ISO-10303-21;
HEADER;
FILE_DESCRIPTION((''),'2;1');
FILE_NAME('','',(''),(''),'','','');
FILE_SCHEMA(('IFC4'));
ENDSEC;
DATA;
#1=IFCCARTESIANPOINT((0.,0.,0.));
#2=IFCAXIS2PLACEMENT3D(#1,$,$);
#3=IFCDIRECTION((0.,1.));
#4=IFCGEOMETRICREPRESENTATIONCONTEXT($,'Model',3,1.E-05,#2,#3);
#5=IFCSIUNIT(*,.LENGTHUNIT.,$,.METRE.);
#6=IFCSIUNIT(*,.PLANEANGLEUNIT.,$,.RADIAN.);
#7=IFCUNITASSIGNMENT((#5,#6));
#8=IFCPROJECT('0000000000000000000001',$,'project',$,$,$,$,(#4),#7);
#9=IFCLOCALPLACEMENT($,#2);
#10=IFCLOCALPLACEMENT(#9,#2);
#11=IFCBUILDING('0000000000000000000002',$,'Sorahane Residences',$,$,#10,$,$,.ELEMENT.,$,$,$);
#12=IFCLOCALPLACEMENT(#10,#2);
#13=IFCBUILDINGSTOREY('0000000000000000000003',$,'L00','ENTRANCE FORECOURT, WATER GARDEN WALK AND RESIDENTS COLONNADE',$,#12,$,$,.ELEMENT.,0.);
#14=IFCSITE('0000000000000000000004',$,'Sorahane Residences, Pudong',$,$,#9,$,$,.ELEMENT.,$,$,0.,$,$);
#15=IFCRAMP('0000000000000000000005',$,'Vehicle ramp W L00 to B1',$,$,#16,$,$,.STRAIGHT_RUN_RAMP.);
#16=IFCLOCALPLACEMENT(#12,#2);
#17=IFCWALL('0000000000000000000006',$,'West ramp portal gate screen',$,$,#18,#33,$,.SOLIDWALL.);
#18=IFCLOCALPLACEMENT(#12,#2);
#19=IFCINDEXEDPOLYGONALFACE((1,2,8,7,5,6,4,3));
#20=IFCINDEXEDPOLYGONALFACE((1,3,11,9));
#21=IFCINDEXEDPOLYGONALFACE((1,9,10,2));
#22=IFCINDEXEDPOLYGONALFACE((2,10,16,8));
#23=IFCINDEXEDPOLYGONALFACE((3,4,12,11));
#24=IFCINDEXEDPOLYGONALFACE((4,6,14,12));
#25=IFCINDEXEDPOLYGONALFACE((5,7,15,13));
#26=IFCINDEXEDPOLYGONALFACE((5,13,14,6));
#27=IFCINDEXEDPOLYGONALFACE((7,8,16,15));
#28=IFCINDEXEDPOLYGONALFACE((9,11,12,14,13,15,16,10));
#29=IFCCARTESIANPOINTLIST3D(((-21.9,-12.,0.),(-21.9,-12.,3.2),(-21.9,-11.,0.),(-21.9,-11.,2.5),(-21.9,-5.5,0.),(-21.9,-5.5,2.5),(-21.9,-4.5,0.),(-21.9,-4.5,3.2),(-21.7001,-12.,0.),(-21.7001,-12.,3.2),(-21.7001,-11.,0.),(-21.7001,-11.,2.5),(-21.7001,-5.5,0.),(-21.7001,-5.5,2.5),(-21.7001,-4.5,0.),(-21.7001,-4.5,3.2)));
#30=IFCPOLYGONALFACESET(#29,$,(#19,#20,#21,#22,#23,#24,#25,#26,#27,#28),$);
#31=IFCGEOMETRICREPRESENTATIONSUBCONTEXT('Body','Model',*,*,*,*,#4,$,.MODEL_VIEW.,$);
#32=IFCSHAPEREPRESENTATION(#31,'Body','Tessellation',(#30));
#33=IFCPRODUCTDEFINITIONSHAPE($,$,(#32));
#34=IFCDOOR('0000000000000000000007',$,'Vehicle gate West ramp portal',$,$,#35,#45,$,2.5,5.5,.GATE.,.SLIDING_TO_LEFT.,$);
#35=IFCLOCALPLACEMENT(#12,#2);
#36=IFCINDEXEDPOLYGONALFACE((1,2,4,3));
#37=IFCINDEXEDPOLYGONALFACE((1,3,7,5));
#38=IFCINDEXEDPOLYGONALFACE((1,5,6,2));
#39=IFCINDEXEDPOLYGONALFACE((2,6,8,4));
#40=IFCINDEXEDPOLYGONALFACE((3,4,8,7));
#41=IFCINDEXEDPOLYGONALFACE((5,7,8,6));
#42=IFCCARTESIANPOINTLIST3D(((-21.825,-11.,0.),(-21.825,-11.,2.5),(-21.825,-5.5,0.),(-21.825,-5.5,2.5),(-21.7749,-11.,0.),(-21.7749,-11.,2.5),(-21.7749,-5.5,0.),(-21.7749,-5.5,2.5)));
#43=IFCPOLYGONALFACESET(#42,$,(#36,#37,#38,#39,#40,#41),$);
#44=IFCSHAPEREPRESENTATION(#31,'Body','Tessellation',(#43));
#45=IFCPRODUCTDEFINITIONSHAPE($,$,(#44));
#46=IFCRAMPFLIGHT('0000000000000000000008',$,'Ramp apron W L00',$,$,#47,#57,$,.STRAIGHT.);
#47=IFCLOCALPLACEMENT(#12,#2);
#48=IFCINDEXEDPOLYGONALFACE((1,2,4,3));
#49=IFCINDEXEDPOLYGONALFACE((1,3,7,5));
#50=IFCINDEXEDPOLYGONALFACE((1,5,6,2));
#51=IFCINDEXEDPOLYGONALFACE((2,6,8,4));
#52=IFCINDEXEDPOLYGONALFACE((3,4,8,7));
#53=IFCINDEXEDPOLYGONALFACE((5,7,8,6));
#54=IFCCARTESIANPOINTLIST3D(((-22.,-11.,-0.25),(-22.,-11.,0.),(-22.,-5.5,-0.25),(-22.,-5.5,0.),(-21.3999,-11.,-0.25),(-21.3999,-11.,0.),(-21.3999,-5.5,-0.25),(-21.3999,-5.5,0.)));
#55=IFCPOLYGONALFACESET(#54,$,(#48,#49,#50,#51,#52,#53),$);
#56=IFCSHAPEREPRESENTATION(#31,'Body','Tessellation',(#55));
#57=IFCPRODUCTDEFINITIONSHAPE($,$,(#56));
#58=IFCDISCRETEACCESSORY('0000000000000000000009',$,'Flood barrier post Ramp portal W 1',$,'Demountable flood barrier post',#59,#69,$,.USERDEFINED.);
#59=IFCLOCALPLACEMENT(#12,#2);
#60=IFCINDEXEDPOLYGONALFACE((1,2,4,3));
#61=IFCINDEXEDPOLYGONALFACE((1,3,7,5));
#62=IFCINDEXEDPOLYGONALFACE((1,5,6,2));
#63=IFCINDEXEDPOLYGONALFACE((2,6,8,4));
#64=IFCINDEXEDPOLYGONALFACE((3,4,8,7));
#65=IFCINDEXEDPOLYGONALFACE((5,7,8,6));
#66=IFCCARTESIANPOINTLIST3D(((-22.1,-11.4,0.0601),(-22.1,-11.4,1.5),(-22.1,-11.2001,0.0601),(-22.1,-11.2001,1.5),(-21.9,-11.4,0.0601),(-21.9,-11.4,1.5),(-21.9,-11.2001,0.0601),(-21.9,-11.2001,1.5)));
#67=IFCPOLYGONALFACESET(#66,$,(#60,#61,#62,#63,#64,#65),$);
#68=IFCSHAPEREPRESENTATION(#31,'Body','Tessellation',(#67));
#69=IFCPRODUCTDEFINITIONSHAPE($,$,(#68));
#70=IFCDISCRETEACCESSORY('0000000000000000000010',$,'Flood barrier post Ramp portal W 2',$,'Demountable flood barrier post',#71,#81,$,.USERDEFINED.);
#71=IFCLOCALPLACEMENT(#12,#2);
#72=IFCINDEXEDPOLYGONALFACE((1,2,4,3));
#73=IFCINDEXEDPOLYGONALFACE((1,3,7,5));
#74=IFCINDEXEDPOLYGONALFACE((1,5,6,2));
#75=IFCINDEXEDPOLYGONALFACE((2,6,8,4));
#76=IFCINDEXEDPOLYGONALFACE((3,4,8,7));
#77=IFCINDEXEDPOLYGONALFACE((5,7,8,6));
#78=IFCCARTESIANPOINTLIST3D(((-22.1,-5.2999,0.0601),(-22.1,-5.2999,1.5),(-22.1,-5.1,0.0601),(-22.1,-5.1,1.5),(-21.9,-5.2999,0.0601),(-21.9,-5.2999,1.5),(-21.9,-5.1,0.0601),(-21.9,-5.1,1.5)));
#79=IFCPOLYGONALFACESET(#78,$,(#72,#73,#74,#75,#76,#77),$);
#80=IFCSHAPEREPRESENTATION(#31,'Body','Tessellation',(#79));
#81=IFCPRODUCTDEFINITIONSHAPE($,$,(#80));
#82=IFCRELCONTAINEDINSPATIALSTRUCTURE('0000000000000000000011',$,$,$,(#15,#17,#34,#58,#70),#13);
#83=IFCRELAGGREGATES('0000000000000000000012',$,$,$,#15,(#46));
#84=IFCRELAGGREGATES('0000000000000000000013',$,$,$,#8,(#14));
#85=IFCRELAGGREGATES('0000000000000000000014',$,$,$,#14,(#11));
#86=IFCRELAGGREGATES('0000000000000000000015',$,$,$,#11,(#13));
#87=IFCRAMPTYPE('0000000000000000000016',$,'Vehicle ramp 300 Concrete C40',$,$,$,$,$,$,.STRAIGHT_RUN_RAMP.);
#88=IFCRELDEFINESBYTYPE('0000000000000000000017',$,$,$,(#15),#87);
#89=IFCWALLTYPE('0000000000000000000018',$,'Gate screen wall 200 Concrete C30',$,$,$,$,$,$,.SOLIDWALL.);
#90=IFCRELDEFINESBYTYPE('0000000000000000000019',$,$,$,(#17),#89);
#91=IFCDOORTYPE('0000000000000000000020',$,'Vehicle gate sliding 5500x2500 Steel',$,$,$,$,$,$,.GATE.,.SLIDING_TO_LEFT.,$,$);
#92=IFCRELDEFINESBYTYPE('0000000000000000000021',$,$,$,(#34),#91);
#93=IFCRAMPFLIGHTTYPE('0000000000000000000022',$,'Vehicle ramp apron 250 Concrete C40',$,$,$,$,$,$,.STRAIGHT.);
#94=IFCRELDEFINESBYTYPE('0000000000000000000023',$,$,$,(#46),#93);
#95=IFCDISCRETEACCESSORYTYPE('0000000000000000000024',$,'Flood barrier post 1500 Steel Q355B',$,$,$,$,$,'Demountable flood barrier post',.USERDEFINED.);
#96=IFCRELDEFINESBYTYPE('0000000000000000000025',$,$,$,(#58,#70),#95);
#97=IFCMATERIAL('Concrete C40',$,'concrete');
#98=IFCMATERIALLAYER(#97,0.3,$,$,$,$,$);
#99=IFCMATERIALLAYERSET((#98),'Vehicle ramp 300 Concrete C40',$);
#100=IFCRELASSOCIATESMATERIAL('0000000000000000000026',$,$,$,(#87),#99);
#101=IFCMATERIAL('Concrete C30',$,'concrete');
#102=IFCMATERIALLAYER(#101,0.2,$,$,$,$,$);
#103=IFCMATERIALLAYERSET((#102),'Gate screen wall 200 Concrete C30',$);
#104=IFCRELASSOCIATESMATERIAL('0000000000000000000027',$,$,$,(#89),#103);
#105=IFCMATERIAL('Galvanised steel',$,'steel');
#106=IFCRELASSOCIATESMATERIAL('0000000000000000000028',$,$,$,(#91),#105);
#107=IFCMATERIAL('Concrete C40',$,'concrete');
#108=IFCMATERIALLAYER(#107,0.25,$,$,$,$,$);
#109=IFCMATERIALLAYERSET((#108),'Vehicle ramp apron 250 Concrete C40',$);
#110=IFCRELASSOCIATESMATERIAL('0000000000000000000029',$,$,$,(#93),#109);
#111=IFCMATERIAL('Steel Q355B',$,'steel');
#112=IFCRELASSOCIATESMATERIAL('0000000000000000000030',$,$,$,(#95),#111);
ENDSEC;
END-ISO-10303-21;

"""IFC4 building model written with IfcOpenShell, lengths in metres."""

from ifc_helpers import new_model, si_unit, direction, frame, frame_2d, origin, origin_2d, place, context, subcontext, project, spatial, polyline, rectangle, outline, extrude, material, layer, layer_set, type_object, element, fill, aggregate, save


model = new_model("IFC4")

# Units and contexts
model_context = context("Model", 3, precision=1e-05, world=origin(), true_north=direction((0.0, 1.0)))
body_context = subcontext(model_context, "Body", "Model", "MODEL_VIEW")
ifc_project = project(units=[si_unit("LENGTHUNIT", "METRE"), si_unit("PLANEANGLEUNIT", "RADIAN")], contexts=[model_context])

# Site, building, storey
site_placement = place(None, origin())
site = spatial("IfcSite", under=ifc_project, at=site_placement, Name="Sorahane Residences, Pudong", CompositionType="ELEMENT", RefElevation=0.0)
building_placement = place(site_placement, origin())
building = spatial("IfcBuilding", under=site, at=building_placement, Name="Sorahane Residences", CompositionType="ELEMENT")
storey_placement = place(building_placement, origin())
storey = spatial("IfcBuildingStorey", under=building, at=storey_placement, Name="L00", Description="ENTRANCE FORECOURT, WATER GARDEN WALK AND RESIDENTS COLONNADE", CompositionType="ELEMENT", Elevation=0.0)

# Ramp
ifc_material_1 = material(Name="Concrete C40", Category="concrete")
ifc_layer_1 = layer(ifc_material_1, 0.3)
ifc_layer_set_1 = layer_set([ifc_layer_1], Name="Vehicle ramp 300 Concrete C40")
ramp_type = type_object("IfcRampType", Name="Vehicle ramp 300 Concrete C40", PredefinedType="STRAIGHT_RUN_RAMP", material=ifc_layer_set_1)
ramp_placement = place(storey_placement, origin())
ramp = element("IfcRamp", 1, at=ramp_placement, inside=storey, type_object=ramp_type, Name="Vehicle ramp W L00 to B1", PredefinedType="STRAIGHT_RUN_RAMP")

# Wall, opening, door
ifc_material_2 = material(Name="Concrete C30", Category="concrete")
ifc_layer_2 = layer(ifc_material_2, 0.2)
ifc_layer_set_2 = layer_set([ifc_layer_2], Name="Gate screen wall 200 Concrete C30")
wall_type = type_object("IfcWallType", Name="Gate screen wall 200 Concrete C30", PredefinedType="SOLIDWALL", material=ifc_layer_set_2)
wall_placement = place(storey_placement, frame((-21.8, -12.0, 0.0), z_axis=(0.0, 0.0, 1.0), x_axis=(0.0, 1.0, 0.0)))
wall = element("IfcWall", 2, at=wall_placement, inside=storey, type_object=wall_type, Name="West ramp portal gate screen", PredefinedType="SOLIDWALL", context=body_context, shape_type="SweptSolid", body=[
    extrude(rectangle(XDim=7.5, YDim=0.2, at=frame_2d((3.75, 0.0))), origin(), (0.0, 0.0, 1.0), 3.2),
])
opening_placement = place(wall_placement, frame((1.0, 0.0, 0.0)))
opening = element("IfcOpeningElement", 3, at=opening_placement, cuts=wall, PredefinedType="OPENING", context=body_context, shape_type="SweptSolid", body=[
    extrude(rectangle(XDim=5.5, YDim=2.5, at=frame_2d((2.75, 1.25))), frame((0.0, 0.1099, 0.0), z_axis=(0.0, -1.0, 0.0), x_axis=(1.0, 0.0, 0.0)), (0.0, 0.0, 1.0), 0.22),
])
ifc_material_3 = material(Name="Galvanised steel", Category="steel")
door_type = type_object("IfcDoorType", Name="Vehicle gate sliding 5500x2500 Steel", OperationType="SLIDING_TO_LEFT", PredefinedType="GATE", material=ifc_material_3)
door_placement = place(opening_placement, origin())
door = element("IfcDoor", 4, at=door_placement, inside=storey, type_object=door_type, Name="Vehicle gate West ramp portal", OperationType="SLIDING_TO_LEFT", OverallHeight=2.5, OverallWidth=5.5, PredefinedType="GATE", context=body_context, shape_type="SweptSolid", body=[
    extrude(rectangle(XDim=5.5, YDim=2.5, at=frame_2d((2.75, 1.25))), frame((0.0, 0.0249, 0.0), z_axis=(0.0, -1.0, 0.0), x_axis=(1.0, 0.0, 0.0)), (0.0, 0.0, 1.0), 0.05),
])
fill(opening, door)

# Ramp flight
ifc_material_4 = material(Name="Concrete C40", Category="concrete")
ifc_layer_3 = layer(ifc_material_4, 0.25)
ifc_layer_set_3 = layer_set([ifc_layer_3], Name="Vehicle ramp apron 250 Concrete C40")
ramp_flight_type = type_object("IfcRampFlightType", Name="Vehicle ramp apron 250 Concrete C40", PredefinedType="STRAIGHT", material=ifc_layer_set_3)
ramp_flight_placement = place(storey_placement, frame((-22.0, -11.0, 0.0), z_axis=(0.0, 0.0, 1.0), x_axis=(1.0, 0.0, 0.0)))
ramp_flight = element("IfcRampFlight", 5, at=ramp_flight_placement, type_object=ramp_flight_type, Name="Ramp apron W L00", PredefinedType="STRAIGHT", context=body_context, shape_type="SweptSolid", body=[
    extrude(outline(polyline([(0.0, 0.0), (0.6001, 0.0), (0.6001, 5.5), (0.0, 5.5), (0.0, 0.0)])), origin(), (0.0, 0.0, -1.0), 0.25),
])
aggregate(ramp, [ramp_flight])

# Discrete accessories
ifc_material_5 = material(Name="Steel Q355B", Category="steel")
discrete_accessory_type = type_object("IfcDiscreteAccessoryType", Name="Flood barrier post 1500 Steel Q355B", ElementType="Demountable flood barrier post", PredefinedType="USERDEFINED", material=ifc_material_5)
for number, where, z_axis, x_axis, name in (
    (6, (-22.0, -11.3, 0.0601), (0.0, 0.0, 1.0), (1.0, 0.0, 0.0), "Flood barrier post Ramp portal W 1"),
    (7, (-22.0, -5.2, 0.0601), (0.0, 0.0, 1.0), (1.0, 0.0, 0.0), "Flood barrier post Ramp portal W 2"),
):
    element("IfcDiscreteAccessory", number, at=place(storey_placement, frame(where, z_axis=z_axis, x_axis=x_axis)), inside=storey, type_object=discrete_accessory_type, Name=name, ObjectType="Demountable flood barrier post", PredefinedType="USERDEFINED", context=body_context, shape_type="SweptSolid", body=[
        extrude(rectangle(XDim=0.2, YDim=0.2, at=origin_2d()), origin(), (0.0, 0.0, 1.0), 1.4399),
    ])

save(model, "model.ifc")
